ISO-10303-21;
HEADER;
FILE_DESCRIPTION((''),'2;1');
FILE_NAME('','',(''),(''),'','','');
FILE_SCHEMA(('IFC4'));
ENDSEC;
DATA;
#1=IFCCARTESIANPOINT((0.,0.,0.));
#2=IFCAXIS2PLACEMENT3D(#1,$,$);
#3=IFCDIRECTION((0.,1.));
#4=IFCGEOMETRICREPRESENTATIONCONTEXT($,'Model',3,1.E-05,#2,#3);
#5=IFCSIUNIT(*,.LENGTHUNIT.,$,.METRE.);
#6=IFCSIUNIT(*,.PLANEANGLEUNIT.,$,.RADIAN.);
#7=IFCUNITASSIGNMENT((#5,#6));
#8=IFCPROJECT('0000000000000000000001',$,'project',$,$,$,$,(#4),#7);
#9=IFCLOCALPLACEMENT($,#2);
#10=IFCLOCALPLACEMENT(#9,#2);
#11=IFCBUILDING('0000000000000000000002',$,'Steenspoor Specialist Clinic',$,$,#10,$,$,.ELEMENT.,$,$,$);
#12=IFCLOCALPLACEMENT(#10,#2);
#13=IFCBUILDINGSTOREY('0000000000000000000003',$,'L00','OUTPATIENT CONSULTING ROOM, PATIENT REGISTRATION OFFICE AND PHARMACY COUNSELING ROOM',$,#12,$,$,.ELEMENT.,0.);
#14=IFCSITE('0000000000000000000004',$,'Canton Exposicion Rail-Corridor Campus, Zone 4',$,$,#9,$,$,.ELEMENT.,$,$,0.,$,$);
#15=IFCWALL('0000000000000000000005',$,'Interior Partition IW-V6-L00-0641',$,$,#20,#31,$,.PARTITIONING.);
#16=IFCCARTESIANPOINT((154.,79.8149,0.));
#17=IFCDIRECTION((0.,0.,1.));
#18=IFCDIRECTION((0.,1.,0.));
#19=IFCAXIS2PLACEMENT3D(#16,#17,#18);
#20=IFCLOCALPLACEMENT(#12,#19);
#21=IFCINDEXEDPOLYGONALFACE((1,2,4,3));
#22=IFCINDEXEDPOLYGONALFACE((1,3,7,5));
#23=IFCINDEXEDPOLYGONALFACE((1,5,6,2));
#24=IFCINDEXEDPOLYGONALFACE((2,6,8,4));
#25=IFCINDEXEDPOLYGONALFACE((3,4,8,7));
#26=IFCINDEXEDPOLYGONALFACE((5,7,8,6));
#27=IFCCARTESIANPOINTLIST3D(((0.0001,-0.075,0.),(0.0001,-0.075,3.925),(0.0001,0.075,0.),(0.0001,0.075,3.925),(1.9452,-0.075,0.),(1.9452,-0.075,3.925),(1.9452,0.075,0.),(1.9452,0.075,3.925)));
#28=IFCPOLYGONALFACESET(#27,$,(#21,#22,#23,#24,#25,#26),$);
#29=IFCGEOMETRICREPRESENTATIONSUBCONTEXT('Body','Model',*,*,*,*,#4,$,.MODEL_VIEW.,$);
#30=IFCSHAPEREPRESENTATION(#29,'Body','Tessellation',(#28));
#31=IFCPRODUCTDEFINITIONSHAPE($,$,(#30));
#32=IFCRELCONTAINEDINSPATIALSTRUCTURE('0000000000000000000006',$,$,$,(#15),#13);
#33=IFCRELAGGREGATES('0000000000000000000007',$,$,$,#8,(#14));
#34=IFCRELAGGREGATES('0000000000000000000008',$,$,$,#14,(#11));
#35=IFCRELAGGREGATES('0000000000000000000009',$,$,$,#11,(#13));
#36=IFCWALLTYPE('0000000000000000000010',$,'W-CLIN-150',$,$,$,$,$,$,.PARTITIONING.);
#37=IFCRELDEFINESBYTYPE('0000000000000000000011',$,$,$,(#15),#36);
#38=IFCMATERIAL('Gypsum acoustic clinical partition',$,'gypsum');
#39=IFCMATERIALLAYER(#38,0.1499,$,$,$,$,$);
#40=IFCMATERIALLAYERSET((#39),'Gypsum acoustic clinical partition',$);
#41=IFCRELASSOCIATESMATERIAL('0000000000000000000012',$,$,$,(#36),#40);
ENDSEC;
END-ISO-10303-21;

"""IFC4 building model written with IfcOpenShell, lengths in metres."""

from ifc_helpers import new_model, si_unit, direction, frame, frame_2d, origin, place, context, subcontext, project, spatial, rectangle, extrude, material, layer, layer_set, type_object, element, save


model = new_model("IFC4")

# Units and contexts
model_context = context("Model", 3, precision=1e-05, world=origin(), true_north=direction((0.0, 1.0)))
body_context = subcontext(model_context, "Body", "Model", "MODEL_VIEW")
ifc_project = project(units=[si_unit("LENGTHUNIT", "METRE"), si_unit("PLANEANGLEUNIT", "RADIAN")], contexts=[model_context])

# Site, building, storey
site_placement = place(None, origin())
site = spatial("IfcSite", under=ifc_project, at=site_placement, Name="Canton Exposicion Rail-Corridor Campus, Zone 4", CompositionType="ELEMENT", RefElevation=0.0)
building_placement = place(site_placement, origin())
building = spatial("IfcBuilding", under=site, at=building_placement, Name="Steenspoor Specialist Clinic", CompositionType="ELEMENT")
storey_placement = place(building_placement, origin())
storey = spatial("IfcBuildingStorey", under=building, at=storey_placement, Name="L00", Description="OUTPATIENT CONSULTING ROOM, PATIENT REGISTRATION OFFICE AND PHARMACY COUNSELING ROOM", CompositionType="ELEMENT", Elevation=0.0)

# Shared definitions
ifc_material_1 = material(Name="Gypsum acoustic clinical partition", Category="gypsum")
ifc_layer_1 = layer(ifc_material_1, 0.1499)
ifc_layer_set_1 = layer_set([ifc_layer_1], Name="Gypsum acoustic clinical partition")
wall_type_1 = type_object("IfcWallType", Name="W-CLIN-150", PredefinedType="PARTITIONING", material=ifc_layer_set_1)

# Wall
wall_1_placement = place(storey_placement, frame((154.0, 79.8149, 0.0), z_axis=(0.0, 0.0, 1.0), x_axis=(0.0, 1.0, 0.0)))
element("IfcWall", 1, at=wall_1_placement, inside=storey, type_object=wall_type_1, Name="Interior Partition IW-V6-L00-0641", PredefinedType="PARTITIONING", context=body_context, shape_type="SweptSolid", body=[
    extrude(rectangle(XDim=1.9451, YDim=0.1499, at=frame_2d((0.9727, 0.0))), origin(), (0.0, 0.0, 1.0), 3.925),
])

save(model, "model.ifc")
